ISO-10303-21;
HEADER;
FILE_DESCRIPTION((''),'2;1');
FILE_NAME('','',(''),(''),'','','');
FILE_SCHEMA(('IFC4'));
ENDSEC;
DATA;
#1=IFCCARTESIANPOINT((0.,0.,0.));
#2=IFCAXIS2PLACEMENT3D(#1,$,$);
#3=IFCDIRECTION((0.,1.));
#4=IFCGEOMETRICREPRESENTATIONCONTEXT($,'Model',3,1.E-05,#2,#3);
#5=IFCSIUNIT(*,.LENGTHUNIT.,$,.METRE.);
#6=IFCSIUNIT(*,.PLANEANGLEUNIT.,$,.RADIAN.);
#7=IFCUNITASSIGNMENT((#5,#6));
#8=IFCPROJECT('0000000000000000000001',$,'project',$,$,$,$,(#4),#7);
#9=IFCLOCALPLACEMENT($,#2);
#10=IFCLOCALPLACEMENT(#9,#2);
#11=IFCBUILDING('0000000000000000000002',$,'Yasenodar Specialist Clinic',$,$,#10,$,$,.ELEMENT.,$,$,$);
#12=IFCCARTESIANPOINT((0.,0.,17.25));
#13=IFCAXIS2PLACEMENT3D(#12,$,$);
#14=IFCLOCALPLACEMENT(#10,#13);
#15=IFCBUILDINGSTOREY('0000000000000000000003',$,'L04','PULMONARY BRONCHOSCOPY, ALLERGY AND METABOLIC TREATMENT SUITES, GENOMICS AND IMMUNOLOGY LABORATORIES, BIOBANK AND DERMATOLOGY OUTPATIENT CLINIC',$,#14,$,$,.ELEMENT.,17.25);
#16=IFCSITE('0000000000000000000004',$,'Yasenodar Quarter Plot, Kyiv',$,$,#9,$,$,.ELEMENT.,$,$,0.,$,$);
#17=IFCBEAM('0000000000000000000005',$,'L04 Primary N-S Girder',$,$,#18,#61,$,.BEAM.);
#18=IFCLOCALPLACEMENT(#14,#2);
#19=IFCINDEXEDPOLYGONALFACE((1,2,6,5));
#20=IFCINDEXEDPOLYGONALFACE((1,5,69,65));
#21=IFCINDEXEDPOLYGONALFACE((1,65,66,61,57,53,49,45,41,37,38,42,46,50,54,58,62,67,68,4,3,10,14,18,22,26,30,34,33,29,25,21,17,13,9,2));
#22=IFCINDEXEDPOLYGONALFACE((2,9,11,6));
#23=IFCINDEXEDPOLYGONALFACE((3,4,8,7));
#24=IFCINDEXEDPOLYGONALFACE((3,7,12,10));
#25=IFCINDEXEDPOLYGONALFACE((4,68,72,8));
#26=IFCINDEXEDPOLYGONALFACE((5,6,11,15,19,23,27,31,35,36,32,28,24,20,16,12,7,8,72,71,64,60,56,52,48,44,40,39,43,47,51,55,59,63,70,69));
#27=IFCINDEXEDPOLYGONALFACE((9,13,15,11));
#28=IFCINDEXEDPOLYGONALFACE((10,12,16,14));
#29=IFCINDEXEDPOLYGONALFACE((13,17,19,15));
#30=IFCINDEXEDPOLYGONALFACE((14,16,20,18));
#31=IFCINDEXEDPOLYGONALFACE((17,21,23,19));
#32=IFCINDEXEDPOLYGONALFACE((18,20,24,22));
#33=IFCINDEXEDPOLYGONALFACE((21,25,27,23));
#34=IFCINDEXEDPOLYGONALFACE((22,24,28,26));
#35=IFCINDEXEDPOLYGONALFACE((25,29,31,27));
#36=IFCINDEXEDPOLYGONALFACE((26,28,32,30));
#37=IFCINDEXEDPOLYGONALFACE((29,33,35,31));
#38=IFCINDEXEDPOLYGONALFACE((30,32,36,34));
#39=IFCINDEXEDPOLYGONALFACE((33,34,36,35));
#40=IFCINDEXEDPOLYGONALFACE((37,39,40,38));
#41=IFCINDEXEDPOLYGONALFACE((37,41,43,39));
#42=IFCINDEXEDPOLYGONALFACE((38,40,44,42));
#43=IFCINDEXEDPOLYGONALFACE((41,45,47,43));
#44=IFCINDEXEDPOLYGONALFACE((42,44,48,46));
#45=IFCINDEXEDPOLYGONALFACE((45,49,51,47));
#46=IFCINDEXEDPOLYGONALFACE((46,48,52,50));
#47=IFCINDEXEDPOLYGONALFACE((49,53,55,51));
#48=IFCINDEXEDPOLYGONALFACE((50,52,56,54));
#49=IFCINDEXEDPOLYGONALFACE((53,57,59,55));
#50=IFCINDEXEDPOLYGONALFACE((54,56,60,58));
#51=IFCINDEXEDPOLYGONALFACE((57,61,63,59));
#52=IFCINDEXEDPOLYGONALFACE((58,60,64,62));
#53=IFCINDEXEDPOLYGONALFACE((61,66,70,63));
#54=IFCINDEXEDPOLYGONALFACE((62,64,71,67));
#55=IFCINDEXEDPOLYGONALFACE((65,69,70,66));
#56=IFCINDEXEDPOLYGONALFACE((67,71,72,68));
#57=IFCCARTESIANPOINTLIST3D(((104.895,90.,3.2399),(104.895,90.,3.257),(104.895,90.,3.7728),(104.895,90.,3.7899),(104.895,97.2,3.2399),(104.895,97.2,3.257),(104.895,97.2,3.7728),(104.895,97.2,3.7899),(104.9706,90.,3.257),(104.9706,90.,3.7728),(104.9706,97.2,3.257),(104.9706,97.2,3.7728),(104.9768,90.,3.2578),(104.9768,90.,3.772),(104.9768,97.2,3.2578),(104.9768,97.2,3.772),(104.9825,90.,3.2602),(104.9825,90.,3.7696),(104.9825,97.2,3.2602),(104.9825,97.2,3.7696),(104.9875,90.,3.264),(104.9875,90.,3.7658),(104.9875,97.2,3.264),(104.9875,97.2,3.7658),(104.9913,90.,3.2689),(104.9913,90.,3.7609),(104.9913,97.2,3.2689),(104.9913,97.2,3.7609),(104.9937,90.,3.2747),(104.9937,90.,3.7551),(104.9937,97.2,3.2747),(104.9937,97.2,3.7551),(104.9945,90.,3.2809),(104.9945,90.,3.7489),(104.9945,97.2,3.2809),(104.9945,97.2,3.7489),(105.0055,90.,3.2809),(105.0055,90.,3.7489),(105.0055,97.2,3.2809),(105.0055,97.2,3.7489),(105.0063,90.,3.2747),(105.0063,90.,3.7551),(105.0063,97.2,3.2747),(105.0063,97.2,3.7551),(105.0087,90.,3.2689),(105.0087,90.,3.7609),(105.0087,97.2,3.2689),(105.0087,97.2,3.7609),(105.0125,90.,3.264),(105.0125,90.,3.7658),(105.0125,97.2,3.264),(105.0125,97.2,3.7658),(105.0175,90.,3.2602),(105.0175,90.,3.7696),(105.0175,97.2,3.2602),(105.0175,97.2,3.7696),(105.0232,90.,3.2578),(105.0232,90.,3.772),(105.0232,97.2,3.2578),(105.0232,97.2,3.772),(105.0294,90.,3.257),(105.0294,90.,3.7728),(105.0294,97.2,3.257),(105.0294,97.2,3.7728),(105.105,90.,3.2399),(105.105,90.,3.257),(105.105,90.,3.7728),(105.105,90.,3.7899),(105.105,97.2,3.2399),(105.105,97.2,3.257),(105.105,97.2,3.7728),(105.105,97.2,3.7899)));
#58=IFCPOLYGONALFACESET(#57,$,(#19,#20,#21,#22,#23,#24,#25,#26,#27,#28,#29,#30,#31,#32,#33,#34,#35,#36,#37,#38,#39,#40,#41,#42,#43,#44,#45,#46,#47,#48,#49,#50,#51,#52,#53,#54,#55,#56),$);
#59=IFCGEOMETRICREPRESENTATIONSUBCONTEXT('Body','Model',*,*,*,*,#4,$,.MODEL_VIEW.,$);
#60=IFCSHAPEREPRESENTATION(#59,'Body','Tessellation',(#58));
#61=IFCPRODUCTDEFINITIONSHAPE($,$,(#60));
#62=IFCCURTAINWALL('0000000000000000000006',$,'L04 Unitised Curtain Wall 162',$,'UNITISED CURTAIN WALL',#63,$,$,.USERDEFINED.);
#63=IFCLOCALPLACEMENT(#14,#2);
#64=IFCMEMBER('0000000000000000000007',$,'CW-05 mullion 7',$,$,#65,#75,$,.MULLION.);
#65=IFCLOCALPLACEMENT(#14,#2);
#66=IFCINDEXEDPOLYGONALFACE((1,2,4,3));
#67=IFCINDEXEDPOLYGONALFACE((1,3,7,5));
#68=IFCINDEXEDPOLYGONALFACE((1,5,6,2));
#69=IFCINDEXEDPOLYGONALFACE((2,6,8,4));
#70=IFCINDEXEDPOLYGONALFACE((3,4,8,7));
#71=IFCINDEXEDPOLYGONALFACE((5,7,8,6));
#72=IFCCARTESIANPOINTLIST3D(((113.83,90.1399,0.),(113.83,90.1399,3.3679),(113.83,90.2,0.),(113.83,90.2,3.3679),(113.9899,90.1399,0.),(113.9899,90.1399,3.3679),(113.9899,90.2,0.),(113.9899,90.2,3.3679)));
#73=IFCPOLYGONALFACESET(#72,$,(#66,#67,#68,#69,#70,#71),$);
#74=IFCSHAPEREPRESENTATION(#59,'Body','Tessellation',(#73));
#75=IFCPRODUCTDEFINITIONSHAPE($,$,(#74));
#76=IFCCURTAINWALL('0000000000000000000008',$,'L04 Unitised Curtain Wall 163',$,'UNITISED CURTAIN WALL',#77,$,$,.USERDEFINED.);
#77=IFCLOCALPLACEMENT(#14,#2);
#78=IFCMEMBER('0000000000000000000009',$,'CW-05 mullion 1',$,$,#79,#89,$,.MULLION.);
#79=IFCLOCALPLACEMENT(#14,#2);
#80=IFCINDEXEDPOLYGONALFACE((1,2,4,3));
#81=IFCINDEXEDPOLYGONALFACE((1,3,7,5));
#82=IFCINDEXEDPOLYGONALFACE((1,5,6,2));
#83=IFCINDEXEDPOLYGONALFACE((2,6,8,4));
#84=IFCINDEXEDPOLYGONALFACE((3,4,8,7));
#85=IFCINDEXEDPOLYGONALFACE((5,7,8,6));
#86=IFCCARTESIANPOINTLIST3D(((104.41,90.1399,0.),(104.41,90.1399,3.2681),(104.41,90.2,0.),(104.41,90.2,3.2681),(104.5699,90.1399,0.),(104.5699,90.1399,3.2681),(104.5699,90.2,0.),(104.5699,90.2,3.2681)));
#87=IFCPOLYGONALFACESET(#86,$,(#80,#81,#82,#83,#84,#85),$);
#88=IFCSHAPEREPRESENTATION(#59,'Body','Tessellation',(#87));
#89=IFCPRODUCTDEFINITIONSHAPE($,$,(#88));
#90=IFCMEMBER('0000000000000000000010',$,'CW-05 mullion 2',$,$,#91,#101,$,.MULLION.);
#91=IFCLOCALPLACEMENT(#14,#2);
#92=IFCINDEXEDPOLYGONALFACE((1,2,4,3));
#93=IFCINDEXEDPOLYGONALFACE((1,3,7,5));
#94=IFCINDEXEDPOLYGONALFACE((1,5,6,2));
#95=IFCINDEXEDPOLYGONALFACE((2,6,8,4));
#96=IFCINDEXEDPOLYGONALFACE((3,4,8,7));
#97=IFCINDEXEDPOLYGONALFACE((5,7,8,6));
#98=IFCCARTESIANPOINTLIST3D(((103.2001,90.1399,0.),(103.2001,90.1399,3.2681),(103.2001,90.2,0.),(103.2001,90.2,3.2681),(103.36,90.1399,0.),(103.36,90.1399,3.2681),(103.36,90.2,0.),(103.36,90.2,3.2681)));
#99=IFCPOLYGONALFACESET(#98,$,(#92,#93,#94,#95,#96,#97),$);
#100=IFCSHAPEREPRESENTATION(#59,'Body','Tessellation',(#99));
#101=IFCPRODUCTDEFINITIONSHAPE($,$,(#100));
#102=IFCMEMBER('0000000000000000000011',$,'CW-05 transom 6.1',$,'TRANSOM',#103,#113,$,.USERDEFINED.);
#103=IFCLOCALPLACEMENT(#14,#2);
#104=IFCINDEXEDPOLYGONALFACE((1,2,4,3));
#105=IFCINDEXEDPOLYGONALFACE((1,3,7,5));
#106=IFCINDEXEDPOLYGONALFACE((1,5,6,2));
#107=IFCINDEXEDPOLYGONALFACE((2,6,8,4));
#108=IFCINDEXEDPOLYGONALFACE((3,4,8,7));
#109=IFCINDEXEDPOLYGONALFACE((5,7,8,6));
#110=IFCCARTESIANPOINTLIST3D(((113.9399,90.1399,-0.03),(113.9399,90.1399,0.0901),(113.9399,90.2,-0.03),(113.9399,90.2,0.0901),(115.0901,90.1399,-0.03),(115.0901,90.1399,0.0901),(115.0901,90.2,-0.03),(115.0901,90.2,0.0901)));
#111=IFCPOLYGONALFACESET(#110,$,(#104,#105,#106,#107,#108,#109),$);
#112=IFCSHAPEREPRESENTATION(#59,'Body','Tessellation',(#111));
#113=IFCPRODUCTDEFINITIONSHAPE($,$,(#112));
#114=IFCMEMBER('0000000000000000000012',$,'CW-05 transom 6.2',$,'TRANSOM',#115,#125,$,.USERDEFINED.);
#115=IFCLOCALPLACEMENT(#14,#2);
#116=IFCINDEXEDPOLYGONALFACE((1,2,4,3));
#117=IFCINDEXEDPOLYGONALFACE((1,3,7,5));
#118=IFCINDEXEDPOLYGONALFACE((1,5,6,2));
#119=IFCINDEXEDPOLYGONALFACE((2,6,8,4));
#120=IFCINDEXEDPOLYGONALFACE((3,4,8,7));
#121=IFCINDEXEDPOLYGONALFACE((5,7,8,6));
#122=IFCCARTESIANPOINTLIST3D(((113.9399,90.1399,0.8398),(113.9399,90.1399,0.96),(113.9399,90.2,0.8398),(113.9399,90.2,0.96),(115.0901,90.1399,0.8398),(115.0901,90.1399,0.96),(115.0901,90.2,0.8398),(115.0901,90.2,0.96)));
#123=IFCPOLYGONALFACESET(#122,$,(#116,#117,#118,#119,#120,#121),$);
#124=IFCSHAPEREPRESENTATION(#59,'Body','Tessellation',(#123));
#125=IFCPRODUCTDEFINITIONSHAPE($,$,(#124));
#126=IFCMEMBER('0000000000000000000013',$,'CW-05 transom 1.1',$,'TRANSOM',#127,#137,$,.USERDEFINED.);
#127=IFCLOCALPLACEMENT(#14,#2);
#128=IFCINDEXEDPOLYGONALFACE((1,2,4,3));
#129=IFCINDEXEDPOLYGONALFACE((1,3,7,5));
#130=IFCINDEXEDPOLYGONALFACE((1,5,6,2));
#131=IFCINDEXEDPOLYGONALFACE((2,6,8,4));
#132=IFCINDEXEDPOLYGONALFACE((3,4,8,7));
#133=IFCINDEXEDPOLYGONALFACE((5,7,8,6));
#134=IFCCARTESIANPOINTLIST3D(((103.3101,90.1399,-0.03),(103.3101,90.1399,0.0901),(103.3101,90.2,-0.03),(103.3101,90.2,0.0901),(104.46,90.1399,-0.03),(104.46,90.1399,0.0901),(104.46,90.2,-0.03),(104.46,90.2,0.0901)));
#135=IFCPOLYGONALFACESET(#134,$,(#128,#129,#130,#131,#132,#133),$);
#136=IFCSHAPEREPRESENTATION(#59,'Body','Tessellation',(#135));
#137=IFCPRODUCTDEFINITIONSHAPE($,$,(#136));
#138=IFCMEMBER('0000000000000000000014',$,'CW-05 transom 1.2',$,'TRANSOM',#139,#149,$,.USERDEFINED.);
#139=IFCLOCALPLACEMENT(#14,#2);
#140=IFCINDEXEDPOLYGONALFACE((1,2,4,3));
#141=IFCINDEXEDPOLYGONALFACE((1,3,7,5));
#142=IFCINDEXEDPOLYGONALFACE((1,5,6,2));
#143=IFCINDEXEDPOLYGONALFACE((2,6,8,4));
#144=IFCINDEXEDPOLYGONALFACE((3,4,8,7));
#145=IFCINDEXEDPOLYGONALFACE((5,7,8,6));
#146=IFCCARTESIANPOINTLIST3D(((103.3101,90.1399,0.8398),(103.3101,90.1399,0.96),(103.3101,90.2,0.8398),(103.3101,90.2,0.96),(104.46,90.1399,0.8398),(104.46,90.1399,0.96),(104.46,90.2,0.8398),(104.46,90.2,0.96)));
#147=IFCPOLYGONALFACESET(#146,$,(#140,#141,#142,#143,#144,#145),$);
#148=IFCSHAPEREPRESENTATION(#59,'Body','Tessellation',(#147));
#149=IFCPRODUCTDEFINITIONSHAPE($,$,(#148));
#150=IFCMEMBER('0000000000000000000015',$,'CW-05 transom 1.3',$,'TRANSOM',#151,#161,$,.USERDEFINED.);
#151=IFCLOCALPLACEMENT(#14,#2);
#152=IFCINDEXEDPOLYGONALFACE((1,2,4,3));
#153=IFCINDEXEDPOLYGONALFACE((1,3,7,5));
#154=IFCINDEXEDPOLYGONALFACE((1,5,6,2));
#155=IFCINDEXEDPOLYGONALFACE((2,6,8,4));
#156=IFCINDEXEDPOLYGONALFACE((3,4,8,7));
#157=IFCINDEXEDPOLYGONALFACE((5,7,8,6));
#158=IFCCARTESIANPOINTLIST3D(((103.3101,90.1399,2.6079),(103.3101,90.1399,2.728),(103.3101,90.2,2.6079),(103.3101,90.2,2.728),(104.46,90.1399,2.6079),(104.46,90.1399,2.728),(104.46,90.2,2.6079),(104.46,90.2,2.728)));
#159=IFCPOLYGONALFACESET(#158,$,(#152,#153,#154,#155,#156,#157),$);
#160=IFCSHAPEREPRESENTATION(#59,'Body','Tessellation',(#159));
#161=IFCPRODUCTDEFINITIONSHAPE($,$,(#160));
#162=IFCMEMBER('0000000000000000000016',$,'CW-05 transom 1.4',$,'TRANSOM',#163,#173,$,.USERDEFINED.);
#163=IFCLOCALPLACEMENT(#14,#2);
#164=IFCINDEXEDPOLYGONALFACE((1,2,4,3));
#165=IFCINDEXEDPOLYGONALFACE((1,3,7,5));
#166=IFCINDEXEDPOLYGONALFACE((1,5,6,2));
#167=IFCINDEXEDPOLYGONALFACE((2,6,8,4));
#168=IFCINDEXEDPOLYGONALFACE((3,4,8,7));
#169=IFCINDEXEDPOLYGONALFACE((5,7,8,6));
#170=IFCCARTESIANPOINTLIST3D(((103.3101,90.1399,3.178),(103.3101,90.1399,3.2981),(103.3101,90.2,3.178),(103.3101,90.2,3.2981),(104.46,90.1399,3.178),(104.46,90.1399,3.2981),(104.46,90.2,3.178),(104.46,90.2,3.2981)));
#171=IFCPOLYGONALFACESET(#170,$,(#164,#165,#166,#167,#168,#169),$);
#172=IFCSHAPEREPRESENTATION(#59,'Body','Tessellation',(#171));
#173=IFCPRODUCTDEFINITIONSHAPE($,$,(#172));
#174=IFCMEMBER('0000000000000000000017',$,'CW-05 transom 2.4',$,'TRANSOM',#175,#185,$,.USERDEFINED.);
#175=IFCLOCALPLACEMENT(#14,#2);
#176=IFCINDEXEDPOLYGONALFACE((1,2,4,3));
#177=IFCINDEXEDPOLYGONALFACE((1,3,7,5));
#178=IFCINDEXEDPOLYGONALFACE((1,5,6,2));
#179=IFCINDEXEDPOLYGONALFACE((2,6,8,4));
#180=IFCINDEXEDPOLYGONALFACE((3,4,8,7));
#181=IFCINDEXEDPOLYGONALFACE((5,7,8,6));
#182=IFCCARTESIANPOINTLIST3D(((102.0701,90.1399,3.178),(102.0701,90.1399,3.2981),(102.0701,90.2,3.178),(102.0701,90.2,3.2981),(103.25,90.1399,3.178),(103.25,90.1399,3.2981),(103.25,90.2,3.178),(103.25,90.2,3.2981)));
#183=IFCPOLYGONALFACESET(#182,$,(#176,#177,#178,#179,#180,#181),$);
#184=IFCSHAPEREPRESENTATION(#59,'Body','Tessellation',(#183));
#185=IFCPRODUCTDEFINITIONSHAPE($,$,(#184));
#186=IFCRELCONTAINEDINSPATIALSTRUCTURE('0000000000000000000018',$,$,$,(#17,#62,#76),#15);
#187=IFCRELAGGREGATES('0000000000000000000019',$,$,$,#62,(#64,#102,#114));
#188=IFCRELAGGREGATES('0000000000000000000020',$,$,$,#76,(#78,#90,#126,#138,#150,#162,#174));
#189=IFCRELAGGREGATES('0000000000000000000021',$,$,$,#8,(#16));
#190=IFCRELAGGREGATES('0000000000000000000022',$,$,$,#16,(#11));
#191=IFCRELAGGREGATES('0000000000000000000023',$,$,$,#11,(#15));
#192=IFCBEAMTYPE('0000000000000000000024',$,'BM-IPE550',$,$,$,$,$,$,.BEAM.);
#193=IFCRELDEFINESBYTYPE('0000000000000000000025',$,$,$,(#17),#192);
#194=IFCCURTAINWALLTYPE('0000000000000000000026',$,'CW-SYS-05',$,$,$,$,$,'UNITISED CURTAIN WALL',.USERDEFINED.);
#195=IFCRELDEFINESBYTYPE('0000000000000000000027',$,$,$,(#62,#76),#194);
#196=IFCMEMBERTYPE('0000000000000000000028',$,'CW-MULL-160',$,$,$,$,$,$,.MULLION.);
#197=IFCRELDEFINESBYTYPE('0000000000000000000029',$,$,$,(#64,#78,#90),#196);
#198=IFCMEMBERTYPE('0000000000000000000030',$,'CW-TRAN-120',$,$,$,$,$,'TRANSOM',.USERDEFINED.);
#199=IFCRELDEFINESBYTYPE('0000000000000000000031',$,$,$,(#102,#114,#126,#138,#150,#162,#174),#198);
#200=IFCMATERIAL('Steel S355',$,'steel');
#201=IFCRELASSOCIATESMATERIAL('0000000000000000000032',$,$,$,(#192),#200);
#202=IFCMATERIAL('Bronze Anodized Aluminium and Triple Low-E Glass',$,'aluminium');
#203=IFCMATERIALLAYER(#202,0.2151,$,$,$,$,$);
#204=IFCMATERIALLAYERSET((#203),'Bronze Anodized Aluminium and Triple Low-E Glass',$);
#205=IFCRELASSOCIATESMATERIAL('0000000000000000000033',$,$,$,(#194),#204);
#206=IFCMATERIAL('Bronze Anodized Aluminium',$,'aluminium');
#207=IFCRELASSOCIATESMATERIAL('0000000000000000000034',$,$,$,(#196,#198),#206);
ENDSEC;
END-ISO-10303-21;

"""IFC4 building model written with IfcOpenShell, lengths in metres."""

from ifc_helpers import new_model, si_unit, direction, frame, origin, origin_2d, place, context, subcontext, project, spatial, rectangle, i_section, extrude, material, layer, layer_set, material_profile, profile_set, type_object, element, aggregate, save


model = new_model("IFC4")

# Units and contexts
model_context = context("Model", 3, precision=1e-05, world=origin(), true_north=direction((0.0, 1.0)))
body_context = subcontext(model_context, "Body", "Model", "MODEL_VIEW")
ifc_project = project(units=[si_unit("LENGTHUNIT", "METRE"), si_unit("PLANEANGLEUNIT", "RADIAN")], contexts=[model_context])

# Site, building, storey
site_placement = place(None, origin())
site = spatial("IfcSite", under=ifc_project, at=site_placement, Name="Yasenodar Quarter Plot, Kyiv", CompositionType="ELEMENT", RefElevation=0.0)
building_placement = place(site_placement, origin())
building = spatial("IfcBuilding", under=site, at=building_placement, Name="Yasenodar Specialist Clinic", CompositionType="ELEMENT")
storey_placement = place(building_placement, frame((0.0, 0.0, 17.25)))
storey = spatial("IfcBuildingStorey", under=building, at=storey_placement, Name="L04", Description="PULMONARY BRONCHOSCOPY, ALLERGY AND METABOLIC TREATMENT SUITES, GENOMICS AND IMMUNOLOGY LABORATORIES, BIOBANK AND DERMATOLOGY OUTPATIENT CLINIC", CompositionType="ELEMENT", Elevation=17.25)

# Shared definitions
ifc_material_1 = material(Name="Steel S355", Category="steel")

# Beam
ifc_material_profile_1 = material_profile(ifc_material_1, i_section(OverallWidth=0.21, OverallDepth=0.55, WebThickness=0.011, FlangeThickness=0.0171, FilletRadius=0.0239, at=origin_2d()), Name="IPE 550")
ifc_profile_set_1 = profile_set([ifc_material_profile_1], Name="Steel S355")
beam_type_1 = type_object("IfcBeamType", Name="BM-IPE550", PredefinedType="BEAM", material=ifc_profile_set_1)
beam_1_placement = place(storey_placement, frame((105.0, 90.0, 3.5149), z_axis=(0.0, 1.0, 0.0), x_axis=(-1.0, 0.0, 0.0)))
element("IfcBeam", 1, at=beam_1_placement, inside=storey, type_object=beam_type_1, Name="L04 Primary N-S Girder", PredefinedType="BEAM", context=body_context, shape_type="SweptSolid", body=[
    extrude(i_section(OverallWidth=0.21, OverallDepth=0.55, WebThickness=0.011, FlangeThickness=0.0171, FilletRadius=0.0239, at=origin_2d()), origin(), (0.0, 0.0, 1.0), 7.2),
])

# Curtain wall, member
ifc_material_2 = material(Name="Bronze Anodized Aluminium and Triple Low-E Glass", Category="aluminium")
ifc_layer_1 = layer(ifc_material_2, 0.2151)
ifc_layer_set_1 = layer_set([ifc_layer_1], Name="Bronze Anodized Aluminium and Triple Low-E Glass")
curtain_wall_type = type_object("IfcCurtainWallType", Name="CW-SYS-05", ElementType="UNITISED CURTAIN WALL", PredefinedType="USERDEFINED", material=ifc_layer_set_1)
curtain_wall_1_placement = place(storey_placement, origin())
curtain_wall_1 = element("IfcCurtainWall", 2, at=curtain_wall_1_placement, inside=storey, type_object=curtain_wall_type, Name="L04 Unitised Curtain Wall 162", ObjectType="UNITISED CURTAIN WALL", PredefinedType="USERDEFINED")
ifc_material_3 = material(Name="Bronze Anodized Aluminium", Category="aluminium")
ifc_material_profile_2 = material_profile(ifc_material_3, rectangle(XDim=0.0601, YDim=0.1599, at=origin_2d()), Name="CW-MULL 60x160")
ifc_profile_set_2 = profile_set([ifc_material_profile_2], Name="Bronze Anodized Aluminium")
member_type_1 = type_object("IfcMemberType", Name="CW-MULL-160", PredefinedType="MULLION", material=ifc_profile_set_2)
member_1_placement = place(storey_placement, frame((113.9099, 90.1699, 0.0), z_axis=(0.0, 0.0, 1.0), x_axis=(0.0, -1.0, 0.0)))
member_1 = element("IfcMember", 3, at=member_1_placement, type_object=member_type_1, Name="CW-05 mullion 7", PredefinedType="MULLION", context=body_context, shape_type="SweptSolid", body=[
    extrude(rectangle(XDim=0.0601, YDim=0.1599, at=origin_2d()), origin(), (0.0, 0.0, 1.0), 3.3679),
])

# Curtain wall, members
curtain_wall_2_placement = place(storey_placement, origin())
curtain_wall_2 = element("IfcCurtainWall", 4, at=curtain_wall_2_placement, inside=storey, type_object=curtain_wall_type, Name="L04 Unitised Curtain Wall 163", ObjectType="UNITISED CURTAIN WALL", PredefinedType="USERDEFINED")
member_2_placement = place(storey_placement, frame((104.49, 90.1699, 0.0), z_axis=(0.0, 0.0, 1.0), x_axis=(0.0, -1.0, 0.0)))
member_2 = element("IfcMember", 5, at=member_2_placement, type_object=member_type_1, Name="CW-05 mullion 1", PredefinedType="MULLION", context=body_context, shape_type="SweptSolid", body=[
    extrude(rectangle(XDim=0.0601, YDim=0.1599, at=origin_2d()), origin(), (0.0, 0.0, 1.0), 3.2681),
])
member_3_placement = place(storey_placement, frame((103.28, 90.1699, 0.0), z_axis=(0.0, 0.0, 1.0), x_axis=(0.0, -1.0, 0.0)))
member_3 = element("IfcMember", 6, at=member_3_placement, type_object=member_type_1, Name="CW-05 mullion 2", PredefinedType="MULLION", context=body_context, shape_type="SweptSolid", body=[
    extrude(rectangle(XDim=0.0601, YDim=0.1599, at=origin_2d()), origin(), (0.0, 0.0, 1.0), 3.2681),
])

# Members
ifc_material_profile_3 = material_profile(ifc_material_3, rectangle(XDim=0.0601, YDim=0.1201, at=origin_2d()), Name="CW-TRAN 60x120")
ifc_profile_set_3 = profile_set([ifc_material_profile_3], Name="Bronze Anodized Aluminium")
member_type_2 = type_object("IfcMemberType", Name="CW-TRAN-120", ElementType="TRANSOM", PredefinedType="USERDEFINED", material=ifc_profile_set_3)
member_4_placement = place(storey_placement, frame((115.0901, 90.1699, 0.03), z_axis=(-1.0, 0.0, 0.0), x_axis=(0.0, -1.0, 0.0)))
member_4 = element("IfcMember", 7, at=member_4_placement, type_object=member_type_2, Name="CW-05 transom 6.1", ObjectType="TRANSOM", PredefinedType="USERDEFINED", context=body_context, shape_type="SweptSolid", body=[
    extrude(rectangle(XDim=0.0601, YDim=0.1201, at=origin_2d()), origin(), (0.0, 0.0, 1.0), 1.1501),
])
member_5_placement = place(storey_placement, frame((115.0901, 90.1699, 0.8999), z_axis=(-1.0, 0.0, 0.0), x_axis=(0.0, -1.0, 0.0)))
member_5 = element("IfcMember", 8, at=member_5_placement, type_object=member_type_2, Name="CW-05 transom 6.2", ObjectType="TRANSOM", PredefinedType="USERDEFINED", context=body_context, shape_type="SweptSolid", body=[
    extrude(rectangle(XDim=0.0601, YDim=0.1201, at=origin_2d()), origin(), (0.0, 0.0, 1.0), 1.1501),
])
member_6_placement = place(storey_placement, frame((104.46, 90.1699, 0.03), z_axis=(-1.0, 0.0, 0.0), x_axis=(0.0, -1.0, 0.0)))
member_6 = element("IfcMember", 9, at=member_6_placement, type_object=member_type_2, Name="CW-05 transom 1.1", ObjectType="TRANSOM", PredefinedType="USERDEFINED", context=body_context, shape_type="SweptSolid", body=[
    extrude(rectangle(XDim=0.0601, YDim=0.1201, at=origin_2d()), origin(), (0.0, 0.0, 1.0), 1.1499),
])
member_7_placement = place(storey_placement, frame((104.46, 90.1699, 0.8999), z_axis=(-1.0, 0.0, 0.0), x_axis=(0.0, -1.0, 0.0)))
member_7 = element("IfcMember", 10, at=member_7_placement, type_object=member_type_2, Name="CW-05 transom 1.2", ObjectType="TRANSOM", PredefinedType="USERDEFINED", context=body_context, shape_type="SweptSolid", body=[
    extrude(rectangle(XDim=0.0601, YDim=0.1201, at=origin_2d()), origin(), (0.0, 0.0, 1.0), 1.1499),
])
member_8_placement = place(storey_placement, frame((104.46, 90.1699, 2.668), z_axis=(-1.0, 0.0, 0.0), x_axis=(0.0, -1.0, 0.0)))
member_8 = element("IfcMember", 11, at=member_8_placement, type_object=member_type_2, Name="CW-05 transom 1.3", ObjectType="TRANSOM", PredefinedType="USERDEFINED", context=body_context, shape_type="SweptSolid", body=[
    extrude(rectangle(XDim=0.0601, YDim=0.1201, at=origin_2d()), origin(), (0.0, 0.0, 1.0), 1.1499),
])
member_9_placement = place(storey_placement, frame((104.46, 90.1699, 3.238), z_axis=(-1.0, 0.0, 0.0), x_axis=(0.0, -1.0, 0.0)))
member_9 = element("IfcMember", 12, at=member_9_placement, type_object=member_type_2, Name="CW-05 transom 1.4", ObjectType="TRANSOM", PredefinedType="USERDEFINED", context=body_context, shape_type="SweptSolid", body=[
    extrude(rectangle(XDim=0.0601, YDim=0.1201, at=origin_2d()), origin(), (0.0, 0.0, 1.0), 1.1499),
])
member_10_placement = place(storey_placement, frame((103.25, 90.1699, 3.238), z_axis=(-1.0, 0.0, 0.0), x_axis=(0.0, -1.0, 0.0)))
member_10 = element("IfcMember", 13, at=member_10_placement, type_object=member_type_2, Name="CW-05 transom 2.4", ObjectType="TRANSOM", PredefinedType="USERDEFINED", context=body_context, shape_type="SweptSolid", body=[
    extrude(rectangle(XDim=0.0601, YDim=0.1201, at=origin_2d()), origin(), (0.0, 0.0, 1.0), 1.1799),
])

aggregate(curtain_wall_1, [member_1, member_4, member_5])
aggregate(curtain_wall_2, [member_2, member_3, member_6, member_7, member_8, member_9, member_10])

save(model, "model.ifc")
